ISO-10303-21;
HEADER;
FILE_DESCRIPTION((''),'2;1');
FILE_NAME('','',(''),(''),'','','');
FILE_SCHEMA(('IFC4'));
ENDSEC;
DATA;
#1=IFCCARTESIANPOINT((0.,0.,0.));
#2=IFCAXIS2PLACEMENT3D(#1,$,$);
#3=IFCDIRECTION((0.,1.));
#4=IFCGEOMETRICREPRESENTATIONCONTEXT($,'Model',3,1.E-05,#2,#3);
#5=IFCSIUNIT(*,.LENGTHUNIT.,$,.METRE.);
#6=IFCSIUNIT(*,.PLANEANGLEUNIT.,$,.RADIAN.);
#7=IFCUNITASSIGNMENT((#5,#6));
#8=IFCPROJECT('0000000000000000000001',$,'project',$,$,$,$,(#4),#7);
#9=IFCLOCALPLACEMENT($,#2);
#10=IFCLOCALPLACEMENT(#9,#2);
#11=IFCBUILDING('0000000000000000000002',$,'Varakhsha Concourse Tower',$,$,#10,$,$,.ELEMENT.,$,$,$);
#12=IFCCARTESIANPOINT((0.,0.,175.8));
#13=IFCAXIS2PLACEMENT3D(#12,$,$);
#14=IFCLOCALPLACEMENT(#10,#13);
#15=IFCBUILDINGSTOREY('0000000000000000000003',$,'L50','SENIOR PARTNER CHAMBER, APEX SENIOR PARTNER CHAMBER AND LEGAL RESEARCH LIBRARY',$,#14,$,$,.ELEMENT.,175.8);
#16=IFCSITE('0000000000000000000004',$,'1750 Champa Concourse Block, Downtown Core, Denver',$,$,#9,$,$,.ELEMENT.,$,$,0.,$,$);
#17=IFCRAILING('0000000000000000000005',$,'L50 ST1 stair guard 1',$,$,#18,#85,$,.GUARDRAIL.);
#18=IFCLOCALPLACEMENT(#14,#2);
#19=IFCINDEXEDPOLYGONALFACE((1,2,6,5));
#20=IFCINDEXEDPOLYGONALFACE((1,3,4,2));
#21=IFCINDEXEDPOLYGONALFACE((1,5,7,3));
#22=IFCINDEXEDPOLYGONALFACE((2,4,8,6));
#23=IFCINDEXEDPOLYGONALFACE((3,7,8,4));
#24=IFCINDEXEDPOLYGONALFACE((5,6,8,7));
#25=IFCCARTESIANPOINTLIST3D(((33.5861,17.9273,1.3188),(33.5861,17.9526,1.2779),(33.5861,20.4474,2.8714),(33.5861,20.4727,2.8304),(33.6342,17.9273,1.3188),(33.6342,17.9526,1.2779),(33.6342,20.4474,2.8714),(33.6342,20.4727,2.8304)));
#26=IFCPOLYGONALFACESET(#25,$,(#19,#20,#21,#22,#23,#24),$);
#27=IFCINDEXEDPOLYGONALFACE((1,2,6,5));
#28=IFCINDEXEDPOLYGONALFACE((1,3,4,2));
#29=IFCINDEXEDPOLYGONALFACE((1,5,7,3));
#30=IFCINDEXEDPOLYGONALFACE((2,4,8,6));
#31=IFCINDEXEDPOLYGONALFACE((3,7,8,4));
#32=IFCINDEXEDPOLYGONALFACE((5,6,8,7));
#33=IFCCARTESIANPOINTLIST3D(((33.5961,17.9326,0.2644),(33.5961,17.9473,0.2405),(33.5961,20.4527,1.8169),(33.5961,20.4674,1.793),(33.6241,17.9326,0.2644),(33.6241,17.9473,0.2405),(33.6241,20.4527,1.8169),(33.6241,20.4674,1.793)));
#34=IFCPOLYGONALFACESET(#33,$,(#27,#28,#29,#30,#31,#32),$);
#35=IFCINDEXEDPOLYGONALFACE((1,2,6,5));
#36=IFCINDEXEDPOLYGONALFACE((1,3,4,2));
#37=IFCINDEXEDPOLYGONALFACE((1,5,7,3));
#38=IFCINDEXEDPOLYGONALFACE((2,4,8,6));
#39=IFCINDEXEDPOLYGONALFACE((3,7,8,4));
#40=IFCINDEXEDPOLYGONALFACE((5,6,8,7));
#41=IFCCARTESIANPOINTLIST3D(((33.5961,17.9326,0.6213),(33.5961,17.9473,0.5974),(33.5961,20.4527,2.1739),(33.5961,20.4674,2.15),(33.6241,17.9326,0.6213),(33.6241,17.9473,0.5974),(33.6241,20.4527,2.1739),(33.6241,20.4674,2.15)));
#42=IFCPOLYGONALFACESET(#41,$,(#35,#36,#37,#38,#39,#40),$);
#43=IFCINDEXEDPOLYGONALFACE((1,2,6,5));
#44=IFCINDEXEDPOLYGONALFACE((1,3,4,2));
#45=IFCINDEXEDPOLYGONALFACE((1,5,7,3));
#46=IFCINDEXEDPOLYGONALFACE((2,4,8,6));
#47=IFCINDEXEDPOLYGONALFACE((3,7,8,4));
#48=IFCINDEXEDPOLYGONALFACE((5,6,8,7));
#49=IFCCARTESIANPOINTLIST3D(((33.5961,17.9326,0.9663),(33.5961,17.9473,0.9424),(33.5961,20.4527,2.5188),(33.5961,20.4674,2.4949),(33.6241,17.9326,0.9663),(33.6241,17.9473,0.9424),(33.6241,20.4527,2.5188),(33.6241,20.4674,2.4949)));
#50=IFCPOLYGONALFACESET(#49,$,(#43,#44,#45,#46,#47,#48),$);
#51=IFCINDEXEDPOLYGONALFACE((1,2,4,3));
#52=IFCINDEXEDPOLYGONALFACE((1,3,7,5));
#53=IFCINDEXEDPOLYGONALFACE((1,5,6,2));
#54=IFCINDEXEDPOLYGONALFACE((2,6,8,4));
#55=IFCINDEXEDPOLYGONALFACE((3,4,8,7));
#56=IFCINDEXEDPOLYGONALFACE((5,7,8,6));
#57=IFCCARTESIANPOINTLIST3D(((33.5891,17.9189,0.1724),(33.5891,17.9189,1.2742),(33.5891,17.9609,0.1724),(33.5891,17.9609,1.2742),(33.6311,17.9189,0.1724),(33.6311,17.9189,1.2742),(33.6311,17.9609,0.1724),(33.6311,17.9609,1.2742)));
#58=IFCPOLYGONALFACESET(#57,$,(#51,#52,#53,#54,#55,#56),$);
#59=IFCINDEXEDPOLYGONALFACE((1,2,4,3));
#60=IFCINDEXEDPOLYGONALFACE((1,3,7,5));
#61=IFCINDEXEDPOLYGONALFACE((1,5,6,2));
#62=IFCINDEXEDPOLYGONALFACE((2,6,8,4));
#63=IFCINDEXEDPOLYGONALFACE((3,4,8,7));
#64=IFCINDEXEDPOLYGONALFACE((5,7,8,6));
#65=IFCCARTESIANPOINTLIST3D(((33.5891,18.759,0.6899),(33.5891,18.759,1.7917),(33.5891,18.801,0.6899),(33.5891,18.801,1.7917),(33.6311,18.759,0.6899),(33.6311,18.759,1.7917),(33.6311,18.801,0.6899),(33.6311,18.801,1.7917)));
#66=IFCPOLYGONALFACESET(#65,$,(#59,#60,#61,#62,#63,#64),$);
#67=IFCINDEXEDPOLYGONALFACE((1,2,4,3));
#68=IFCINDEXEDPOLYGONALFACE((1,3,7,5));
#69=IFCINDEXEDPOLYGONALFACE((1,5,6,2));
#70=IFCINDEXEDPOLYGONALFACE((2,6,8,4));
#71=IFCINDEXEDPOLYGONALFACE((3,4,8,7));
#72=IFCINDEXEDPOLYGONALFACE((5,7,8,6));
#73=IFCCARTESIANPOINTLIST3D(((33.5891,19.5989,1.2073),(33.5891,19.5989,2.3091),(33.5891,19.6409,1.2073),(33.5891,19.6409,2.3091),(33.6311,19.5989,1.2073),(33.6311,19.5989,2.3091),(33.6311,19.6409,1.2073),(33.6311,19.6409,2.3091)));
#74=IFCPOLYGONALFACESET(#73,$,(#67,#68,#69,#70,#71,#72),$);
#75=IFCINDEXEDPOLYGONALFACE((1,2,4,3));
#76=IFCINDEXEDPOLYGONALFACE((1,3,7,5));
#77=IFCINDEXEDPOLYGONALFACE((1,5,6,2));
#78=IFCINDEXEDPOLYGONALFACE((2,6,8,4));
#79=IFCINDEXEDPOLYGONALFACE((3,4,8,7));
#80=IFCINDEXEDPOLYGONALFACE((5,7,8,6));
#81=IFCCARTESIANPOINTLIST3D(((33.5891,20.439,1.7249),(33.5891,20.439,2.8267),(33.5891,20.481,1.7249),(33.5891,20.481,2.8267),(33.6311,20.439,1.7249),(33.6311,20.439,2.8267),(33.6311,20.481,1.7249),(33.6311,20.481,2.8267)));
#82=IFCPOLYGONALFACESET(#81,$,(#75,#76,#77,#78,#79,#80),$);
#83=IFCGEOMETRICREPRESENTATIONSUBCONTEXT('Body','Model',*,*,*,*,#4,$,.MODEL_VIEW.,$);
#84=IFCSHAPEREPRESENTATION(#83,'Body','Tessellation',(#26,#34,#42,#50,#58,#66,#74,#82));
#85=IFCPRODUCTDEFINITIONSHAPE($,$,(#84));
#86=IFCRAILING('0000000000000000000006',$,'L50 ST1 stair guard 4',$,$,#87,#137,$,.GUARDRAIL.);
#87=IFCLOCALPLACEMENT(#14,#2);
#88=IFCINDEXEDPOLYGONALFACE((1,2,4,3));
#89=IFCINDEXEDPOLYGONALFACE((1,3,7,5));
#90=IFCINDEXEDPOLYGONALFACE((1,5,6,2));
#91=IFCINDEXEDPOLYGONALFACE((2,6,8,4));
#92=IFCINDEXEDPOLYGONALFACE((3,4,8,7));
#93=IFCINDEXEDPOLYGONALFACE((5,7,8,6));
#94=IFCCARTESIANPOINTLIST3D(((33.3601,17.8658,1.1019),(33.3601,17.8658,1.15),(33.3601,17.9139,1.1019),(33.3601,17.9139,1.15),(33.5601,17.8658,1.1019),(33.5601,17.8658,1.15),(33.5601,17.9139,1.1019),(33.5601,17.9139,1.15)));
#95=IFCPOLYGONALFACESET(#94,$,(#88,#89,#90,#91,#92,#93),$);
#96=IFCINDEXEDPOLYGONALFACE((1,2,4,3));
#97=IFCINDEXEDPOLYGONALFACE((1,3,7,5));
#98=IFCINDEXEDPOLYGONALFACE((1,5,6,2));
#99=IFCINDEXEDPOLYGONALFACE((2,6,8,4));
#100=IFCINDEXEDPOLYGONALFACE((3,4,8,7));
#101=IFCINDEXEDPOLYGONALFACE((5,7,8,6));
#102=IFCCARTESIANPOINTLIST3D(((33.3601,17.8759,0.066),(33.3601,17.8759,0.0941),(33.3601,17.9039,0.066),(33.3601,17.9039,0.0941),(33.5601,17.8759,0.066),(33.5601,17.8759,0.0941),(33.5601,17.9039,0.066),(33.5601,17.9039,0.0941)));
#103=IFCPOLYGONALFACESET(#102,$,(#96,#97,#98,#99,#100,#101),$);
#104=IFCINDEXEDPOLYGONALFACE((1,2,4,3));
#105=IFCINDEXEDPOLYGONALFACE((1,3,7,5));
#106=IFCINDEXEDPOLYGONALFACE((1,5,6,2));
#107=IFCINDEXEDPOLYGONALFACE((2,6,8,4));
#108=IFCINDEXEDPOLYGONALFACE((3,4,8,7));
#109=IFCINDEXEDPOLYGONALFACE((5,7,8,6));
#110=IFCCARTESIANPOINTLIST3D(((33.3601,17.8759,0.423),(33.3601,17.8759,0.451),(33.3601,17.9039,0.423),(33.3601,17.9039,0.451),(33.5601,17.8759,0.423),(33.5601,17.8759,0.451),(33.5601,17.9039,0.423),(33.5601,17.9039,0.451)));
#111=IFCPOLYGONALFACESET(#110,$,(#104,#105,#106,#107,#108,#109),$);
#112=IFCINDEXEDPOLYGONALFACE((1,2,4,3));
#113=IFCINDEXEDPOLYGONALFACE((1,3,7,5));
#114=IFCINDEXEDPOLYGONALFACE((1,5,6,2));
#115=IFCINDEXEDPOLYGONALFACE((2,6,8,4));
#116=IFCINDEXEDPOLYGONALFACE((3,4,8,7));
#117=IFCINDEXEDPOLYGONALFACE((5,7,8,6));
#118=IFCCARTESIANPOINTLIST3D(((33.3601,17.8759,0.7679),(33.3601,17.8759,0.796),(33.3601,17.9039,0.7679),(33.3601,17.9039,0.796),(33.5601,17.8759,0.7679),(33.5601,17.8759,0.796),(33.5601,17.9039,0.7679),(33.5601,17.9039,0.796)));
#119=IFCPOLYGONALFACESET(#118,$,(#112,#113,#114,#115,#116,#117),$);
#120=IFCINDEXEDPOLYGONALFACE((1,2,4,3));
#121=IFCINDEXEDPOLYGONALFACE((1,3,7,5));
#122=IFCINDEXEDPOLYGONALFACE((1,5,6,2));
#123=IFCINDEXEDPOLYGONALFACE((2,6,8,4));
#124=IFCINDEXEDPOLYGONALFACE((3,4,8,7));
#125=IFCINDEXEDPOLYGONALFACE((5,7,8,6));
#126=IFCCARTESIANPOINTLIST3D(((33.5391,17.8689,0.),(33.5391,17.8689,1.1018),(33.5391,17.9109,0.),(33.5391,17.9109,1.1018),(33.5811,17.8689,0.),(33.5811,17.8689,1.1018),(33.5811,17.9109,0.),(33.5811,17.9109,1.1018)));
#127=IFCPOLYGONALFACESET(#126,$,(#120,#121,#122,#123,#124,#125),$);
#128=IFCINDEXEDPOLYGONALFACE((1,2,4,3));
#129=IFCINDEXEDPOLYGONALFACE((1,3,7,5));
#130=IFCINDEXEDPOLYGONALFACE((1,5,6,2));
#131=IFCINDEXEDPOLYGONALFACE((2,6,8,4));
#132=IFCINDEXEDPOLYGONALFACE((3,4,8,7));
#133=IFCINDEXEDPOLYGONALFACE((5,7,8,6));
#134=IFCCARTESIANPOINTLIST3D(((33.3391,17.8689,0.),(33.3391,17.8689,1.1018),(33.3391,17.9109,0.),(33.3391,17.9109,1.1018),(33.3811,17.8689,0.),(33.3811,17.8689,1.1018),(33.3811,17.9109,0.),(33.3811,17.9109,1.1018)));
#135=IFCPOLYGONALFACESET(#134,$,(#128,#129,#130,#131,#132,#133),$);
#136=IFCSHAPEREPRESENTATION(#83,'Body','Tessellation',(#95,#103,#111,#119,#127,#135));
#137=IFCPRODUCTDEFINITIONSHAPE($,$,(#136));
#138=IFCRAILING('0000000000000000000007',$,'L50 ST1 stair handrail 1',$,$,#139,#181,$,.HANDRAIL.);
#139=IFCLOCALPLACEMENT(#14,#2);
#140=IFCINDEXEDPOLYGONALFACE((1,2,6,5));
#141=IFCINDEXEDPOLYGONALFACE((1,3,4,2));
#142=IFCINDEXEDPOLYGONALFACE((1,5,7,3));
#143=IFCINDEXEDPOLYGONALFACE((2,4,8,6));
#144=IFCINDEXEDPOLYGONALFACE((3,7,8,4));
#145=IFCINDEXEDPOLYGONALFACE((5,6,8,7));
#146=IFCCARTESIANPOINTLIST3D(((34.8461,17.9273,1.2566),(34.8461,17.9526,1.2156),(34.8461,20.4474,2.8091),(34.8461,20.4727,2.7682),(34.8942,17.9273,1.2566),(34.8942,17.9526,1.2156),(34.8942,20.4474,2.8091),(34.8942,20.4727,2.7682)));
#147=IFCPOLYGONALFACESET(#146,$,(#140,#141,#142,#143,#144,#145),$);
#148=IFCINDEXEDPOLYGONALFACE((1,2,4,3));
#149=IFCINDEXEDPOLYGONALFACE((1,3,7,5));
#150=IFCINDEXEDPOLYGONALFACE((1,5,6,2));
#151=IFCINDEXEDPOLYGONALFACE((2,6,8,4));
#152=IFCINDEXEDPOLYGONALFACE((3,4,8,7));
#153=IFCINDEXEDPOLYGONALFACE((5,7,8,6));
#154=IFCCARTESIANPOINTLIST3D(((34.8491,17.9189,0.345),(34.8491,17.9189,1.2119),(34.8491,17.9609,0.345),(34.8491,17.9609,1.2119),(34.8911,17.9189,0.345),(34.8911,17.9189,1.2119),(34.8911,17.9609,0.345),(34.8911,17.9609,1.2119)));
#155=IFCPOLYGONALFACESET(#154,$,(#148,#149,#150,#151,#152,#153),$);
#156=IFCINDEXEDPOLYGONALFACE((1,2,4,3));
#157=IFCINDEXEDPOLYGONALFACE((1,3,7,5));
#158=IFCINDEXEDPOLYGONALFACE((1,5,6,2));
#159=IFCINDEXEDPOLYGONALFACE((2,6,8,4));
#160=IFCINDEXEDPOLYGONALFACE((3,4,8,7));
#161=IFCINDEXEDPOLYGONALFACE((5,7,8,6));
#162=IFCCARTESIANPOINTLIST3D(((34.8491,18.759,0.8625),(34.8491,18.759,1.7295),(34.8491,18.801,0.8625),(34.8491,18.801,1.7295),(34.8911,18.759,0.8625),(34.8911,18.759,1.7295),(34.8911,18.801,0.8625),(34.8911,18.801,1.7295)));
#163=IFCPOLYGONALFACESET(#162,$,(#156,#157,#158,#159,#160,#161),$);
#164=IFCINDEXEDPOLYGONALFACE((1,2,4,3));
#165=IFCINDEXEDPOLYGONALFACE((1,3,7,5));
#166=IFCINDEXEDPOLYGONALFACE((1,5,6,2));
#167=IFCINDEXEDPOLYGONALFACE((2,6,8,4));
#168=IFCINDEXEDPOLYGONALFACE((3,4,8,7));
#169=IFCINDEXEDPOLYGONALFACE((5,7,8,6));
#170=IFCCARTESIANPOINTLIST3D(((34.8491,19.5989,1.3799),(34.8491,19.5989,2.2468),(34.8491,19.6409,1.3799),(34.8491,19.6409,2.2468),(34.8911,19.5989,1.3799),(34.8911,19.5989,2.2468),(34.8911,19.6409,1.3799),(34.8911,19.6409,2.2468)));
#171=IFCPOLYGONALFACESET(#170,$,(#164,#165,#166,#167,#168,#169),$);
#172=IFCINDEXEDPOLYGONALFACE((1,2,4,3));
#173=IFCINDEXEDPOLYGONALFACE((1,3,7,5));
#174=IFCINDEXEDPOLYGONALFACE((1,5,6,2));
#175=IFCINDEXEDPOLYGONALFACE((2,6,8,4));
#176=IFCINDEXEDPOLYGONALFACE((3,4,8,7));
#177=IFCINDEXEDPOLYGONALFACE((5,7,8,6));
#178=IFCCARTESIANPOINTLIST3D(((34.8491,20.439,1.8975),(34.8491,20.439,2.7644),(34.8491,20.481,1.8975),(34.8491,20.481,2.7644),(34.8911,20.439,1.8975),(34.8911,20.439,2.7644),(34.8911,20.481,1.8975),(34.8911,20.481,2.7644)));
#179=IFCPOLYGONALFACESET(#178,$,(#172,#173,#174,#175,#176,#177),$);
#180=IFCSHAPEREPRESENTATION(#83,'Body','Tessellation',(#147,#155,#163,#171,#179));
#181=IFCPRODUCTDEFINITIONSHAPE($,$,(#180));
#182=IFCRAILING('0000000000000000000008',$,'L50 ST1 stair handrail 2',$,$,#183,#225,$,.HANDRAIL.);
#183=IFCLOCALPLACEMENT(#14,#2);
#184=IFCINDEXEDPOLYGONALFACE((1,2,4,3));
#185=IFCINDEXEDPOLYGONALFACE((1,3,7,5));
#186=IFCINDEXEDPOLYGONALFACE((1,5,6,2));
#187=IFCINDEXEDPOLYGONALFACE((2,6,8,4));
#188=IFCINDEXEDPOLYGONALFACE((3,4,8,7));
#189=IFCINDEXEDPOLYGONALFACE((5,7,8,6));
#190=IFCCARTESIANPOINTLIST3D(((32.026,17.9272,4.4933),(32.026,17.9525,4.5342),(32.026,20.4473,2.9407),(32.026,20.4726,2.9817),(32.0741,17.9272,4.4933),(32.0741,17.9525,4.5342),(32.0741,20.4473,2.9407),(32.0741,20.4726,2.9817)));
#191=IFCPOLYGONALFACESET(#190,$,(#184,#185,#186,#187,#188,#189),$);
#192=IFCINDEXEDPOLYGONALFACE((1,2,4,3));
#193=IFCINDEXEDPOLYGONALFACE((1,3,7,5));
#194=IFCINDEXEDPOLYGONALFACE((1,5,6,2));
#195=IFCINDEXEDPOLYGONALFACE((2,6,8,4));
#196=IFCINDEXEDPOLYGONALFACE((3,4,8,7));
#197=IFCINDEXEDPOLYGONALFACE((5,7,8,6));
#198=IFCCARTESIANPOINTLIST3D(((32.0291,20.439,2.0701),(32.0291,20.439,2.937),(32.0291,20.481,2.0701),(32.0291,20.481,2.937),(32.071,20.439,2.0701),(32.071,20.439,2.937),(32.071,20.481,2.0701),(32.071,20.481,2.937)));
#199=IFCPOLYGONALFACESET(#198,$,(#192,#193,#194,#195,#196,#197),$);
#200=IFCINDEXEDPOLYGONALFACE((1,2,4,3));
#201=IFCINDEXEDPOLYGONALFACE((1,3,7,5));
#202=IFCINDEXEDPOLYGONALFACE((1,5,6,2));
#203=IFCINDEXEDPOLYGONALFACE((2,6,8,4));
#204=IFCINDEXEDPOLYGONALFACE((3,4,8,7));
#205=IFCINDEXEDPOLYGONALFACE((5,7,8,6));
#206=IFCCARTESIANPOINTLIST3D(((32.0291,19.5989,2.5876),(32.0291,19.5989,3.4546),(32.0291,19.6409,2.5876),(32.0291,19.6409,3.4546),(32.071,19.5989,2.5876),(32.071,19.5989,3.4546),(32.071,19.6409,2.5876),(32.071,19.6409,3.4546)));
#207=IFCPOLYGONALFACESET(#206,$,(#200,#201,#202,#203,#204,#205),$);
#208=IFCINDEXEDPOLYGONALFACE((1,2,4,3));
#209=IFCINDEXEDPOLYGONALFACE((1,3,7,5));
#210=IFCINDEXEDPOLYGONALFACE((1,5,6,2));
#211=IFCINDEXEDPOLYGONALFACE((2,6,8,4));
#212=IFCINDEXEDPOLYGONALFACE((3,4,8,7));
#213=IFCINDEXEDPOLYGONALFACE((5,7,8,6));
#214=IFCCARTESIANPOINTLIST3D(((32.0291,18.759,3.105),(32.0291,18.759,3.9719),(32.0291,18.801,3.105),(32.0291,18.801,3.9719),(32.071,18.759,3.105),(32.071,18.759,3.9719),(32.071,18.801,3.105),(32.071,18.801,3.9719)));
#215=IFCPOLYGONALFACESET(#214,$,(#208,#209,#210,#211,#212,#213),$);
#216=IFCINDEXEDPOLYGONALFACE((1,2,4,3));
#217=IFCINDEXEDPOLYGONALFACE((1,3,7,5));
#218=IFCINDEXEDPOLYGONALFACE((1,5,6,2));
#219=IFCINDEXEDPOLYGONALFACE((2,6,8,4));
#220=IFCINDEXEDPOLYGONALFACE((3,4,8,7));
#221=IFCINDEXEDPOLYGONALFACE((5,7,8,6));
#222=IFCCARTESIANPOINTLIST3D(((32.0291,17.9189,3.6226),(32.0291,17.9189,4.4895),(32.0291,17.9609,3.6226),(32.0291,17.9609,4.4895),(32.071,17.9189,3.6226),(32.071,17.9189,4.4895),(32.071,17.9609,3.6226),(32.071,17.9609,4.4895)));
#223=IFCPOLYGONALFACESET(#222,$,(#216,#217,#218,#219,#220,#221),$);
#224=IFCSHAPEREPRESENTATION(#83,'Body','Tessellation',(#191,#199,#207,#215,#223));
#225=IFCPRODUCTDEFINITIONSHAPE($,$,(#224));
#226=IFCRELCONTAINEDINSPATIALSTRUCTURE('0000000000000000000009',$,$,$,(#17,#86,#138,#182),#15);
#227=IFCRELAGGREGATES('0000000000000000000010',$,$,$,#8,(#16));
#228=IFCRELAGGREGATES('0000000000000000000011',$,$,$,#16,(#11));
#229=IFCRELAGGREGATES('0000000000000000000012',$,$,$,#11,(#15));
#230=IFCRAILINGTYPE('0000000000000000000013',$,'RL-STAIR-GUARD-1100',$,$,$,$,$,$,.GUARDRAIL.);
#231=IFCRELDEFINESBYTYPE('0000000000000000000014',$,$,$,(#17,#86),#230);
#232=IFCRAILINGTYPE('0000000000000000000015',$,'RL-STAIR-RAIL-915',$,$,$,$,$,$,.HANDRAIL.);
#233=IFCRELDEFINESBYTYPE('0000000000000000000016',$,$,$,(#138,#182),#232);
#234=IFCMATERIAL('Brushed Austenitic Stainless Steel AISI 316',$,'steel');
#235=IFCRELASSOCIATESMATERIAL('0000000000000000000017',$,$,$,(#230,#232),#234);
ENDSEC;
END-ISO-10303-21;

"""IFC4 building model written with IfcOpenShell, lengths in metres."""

from ifc_helpers import new_model, si_unit, direction, frame, origin, origin_2d, place, context, subcontext, project, spatial, rectangle, extrude, material, type_object, element, save


model = new_model("IFC4")

# Units and contexts
model_context = context("Model", 3, precision=1e-05, world=origin(), true_north=direction((0.0, 1.0)))
body_context = subcontext(model_context, "Body", "Model", "MODEL_VIEW")
ifc_project = project(units=[si_unit("LENGTHUNIT", "METRE"), si_unit("PLANEANGLEUNIT", "RADIAN")], contexts=[model_context])

# Site, building, storey
site_placement = place(None, origin())
site = spatial("IfcSite", under=ifc_project, at=site_placement, Name="1750 Champa Concourse Block, Downtown Core, Denver", CompositionType="ELEMENT", RefElevation=0.0)
building_placement = place(site_placement, origin())
building = spatial("IfcBuilding", under=site, at=building_placement, Name="Varakhsha Concourse Tower", CompositionType="ELEMENT")
storey_placement = place(building_placement, frame((0.0, 0.0, 175.8)))
storey = spatial("IfcBuildingStorey", under=building, at=storey_placement, Name="L50", Description="SENIOR PARTNER CHAMBER, APEX SENIOR PARTNER CHAMBER AND LEGAL RESEARCH LIBRARY", CompositionType="ELEMENT", Elevation=175.8)

# Railings
ifc_material_1 = material(Name="Brushed Austenitic Stainless Steel AISI 316", Category="steel")
railing_type_1 = type_object("IfcRailingType", Name="RL-STAIR-GUARD-1100", PredefinedType="GUARDRAIL", material=ifc_material_1)
railing_1_placement = place(storey_placement, frame((33.6101, 17.9399, 0.1724)))
element("IfcRailing", 1, at=railing_1_placement, inside=storey, type_object=railing_type_1, Name="L50 ST1 stair guard 1", PredefinedType="GUARDRAIL", context=body_context, shape_type="SweptSolid", body=[
    extrude(rectangle(XDim=0.0481, YDim=0.0481, at=origin_2d()), frame((0.0, 0.0, 1.126), z_axis=(0.0, 0.8514, 0.524516), x_axis=(-1.0, 0.0, 0.0)), (0.0, 0.0, 1.0), 2.96),
    extrude(rectangle(XDim=0.0281, YDim=0.0281, at=origin_2d()), frame((0.0, 0.0, 0.0801), z_axis=(0.0, 0.8514, 0.524516), x_axis=(-1.0, 0.0, 0.0)), (0.0, 0.0, 1.0), 2.96),
    extrude(rectangle(XDim=0.0281, YDim=0.0281, at=origin_2d()), frame((0.0, 0.0, 0.437), z_axis=(0.0, 0.8514, 0.524516), x_axis=(-1.0, 0.0, 0.0)), (0.0, 0.0, 1.0), 2.96),
    extrude(rectangle(XDim=0.0281, YDim=0.0281, at=origin_2d()), frame((0.0, 0.0, 0.782), z_axis=(0.0, 0.8514, 0.524516), x_axis=(-1.0, 0.0, 0.0)), (0.0, 0.0, 1.0), 2.96),
    extrude(rectangle(XDim=0.042, YDim=0.042, at=origin_2d()), origin(), (0.0, 0.0, 1.0), 1.1018),
    extrude(rectangle(XDim=0.042, YDim=0.042, at=origin_2d()), frame((0.0, 0.8401, 0.5176)), (0.0, 0.0, 1.0), 1.1018),
    extrude(rectangle(XDim=0.042, YDim=0.042, at=origin_2d()), frame((0.0, 1.6799, 1.0349)), (0.0, 0.0, 1.0), 1.1018),
    extrude(rectangle(XDim=0.042, YDim=0.042, at=origin_2d()), frame((0.0, 2.52, 1.5525)), (0.0, 0.0, 1.0), 1.1018),
])
railing_2_placement = place(storey_placement, frame((33.5601, 17.8899, 0.0)))
element("IfcRailing", 2, at=railing_2_placement, inside=storey, type_object=railing_type_1, Name="L50 ST1 stair guard 4", PredefinedType="GUARDRAIL", context=body_context, shape_type="SweptSolid", body=[
    extrude(rectangle(XDim=0.0481, YDim=0.0481, at=origin_2d()), frame((0.0, 0.0, 1.126), z_axis=(-1.0, 0.0, 0.0), x_axis=(0.0, -1.0, 0.0)), (0.0, 0.0, 1.0), 0.2),
    extrude(rectangle(XDim=0.0281, YDim=0.0281, at=origin_2d()), frame((0.0, 0.0, 0.0801), z_axis=(-1.0, 0.0, 0.0), x_axis=(0.0, -1.0, 0.0)), (0.0, 0.0, 1.0), 0.2),
    extrude(rectangle(XDim=0.0281, YDim=0.0281, at=origin_2d()), frame((0.0, 0.0, 0.437), z_axis=(-1.0, 0.0, 0.0), x_axis=(0.0, -1.0, 0.0)), (0.0, 0.0, 1.0), 0.2),
    extrude(rectangle(XDim=0.0281, YDim=0.0281, at=origin_2d()), frame((0.0, 0.0, 0.782), z_axis=(-1.0, 0.0, 0.0), x_axis=(0.0, -1.0, 0.0)), (0.0, 0.0, 1.0), 0.2),
    extrude(rectangle(XDim=0.042, YDim=0.042, at=origin_2d()), origin(), (0.0, 0.0, 1.0), 1.1018),
    extrude(rectangle(XDim=0.042, YDim=0.042, at=origin_2d()), frame((-0.2, 0.0, 0.0)), (0.0, 0.0, 1.0), 1.1018),
])
railing_type_2 = type_object("IfcRailingType", Name="RL-STAIR-RAIL-915", PredefinedType="HANDRAIL", material=ifc_material_1)
railing_3_placement = place(storey_placement, frame((34.8701, 17.9399, 0.345)))
element("IfcRailing", 3, at=railing_3_placement, inside=storey, type_object=railing_type_2, Name="L50 ST1 stair handrail 1", PredefinedType="HANDRAIL", context=body_context, shape_type="SweptSolid", body=[
    extrude(rectangle(XDim=0.0481, YDim=0.0481, at=origin_2d()), frame((0.0, 0.0, 0.8911), z_axis=(0.0, 0.8514, 0.524516), x_axis=(-1.0, 0.0, 0.0)), (0.0, 0.0, 1.0), 2.96),
    extrude(rectangle(XDim=0.042, YDim=0.042, at=origin_2d()), origin(), (0.0, 0.0, 1.0), 0.8669),
    extrude(rectangle(XDim=0.042, YDim=0.042, at=origin_2d()), frame((0.0, 0.8401, 0.5176)), (0.0, 0.0, 1.0), 0.8669),
    extrude(rectangle(XDim=0.042, YDim=0.042, at=origin_2d()), frame((0.0, 1.6799, 1.0349)), (0.0, 0.0, 1.0), 0.8669),
    extrude(rectangle(XDim=0.042, YDim=0.042, at=origin_2d()), frame((0.0, 2.52, 1.5525)), (0.0, 0.0, 1.0), 0.8669),
])
railing_4_placement = place(storey_placement, frame((32.05, 20.46, 2.0701)))
element("IfcRailing", 4, at=railing_4_placement, inside=storey, type_object=railing_type_2, Name="L50 ST1 stair handrail 2", PredefinedType="HANDRAIL", context=body_context, shape_type="SweptSolid", body=[
    extrude(rectangle(XDim=0.0481, YDim=0.0481, at=origin_2d()), frame((0.0, 0.0, 0.8911), z_axis=(0.0, -0.8514, 0.524516), x_axis=(1.0, 0.0, 0.0)), (0.0, 0.0, 1.0), 2.96),
    extrude(rectangle(XDim=0.042, YDim=0.042, at=origin_2d()), origin(), (0.0, 0.0, 1.0), 0.8669),
    extrude(rectangle(XDim=0.042, YDim=0.042, at=origin_2d()), frame((0.0, -0.8401, 0.5176)), (0.0, 0.0, 1.0), 0.8669),
    extrude(rectangle(XDim=0.042, YDim=0.042, at=origin_2d()), frame((0.0, -1.6799, 1.0349)), (0.0, 0.0, 1.0), 0.8669),
    extrude(rectangle(XDim=0.042, YDim=0.042, at=origin_2d()), frame((0.0, -2.52, 1.5525)), (0.0, 0.0, 1.0), 0.8669),
])

save(model, "model.ifc")
